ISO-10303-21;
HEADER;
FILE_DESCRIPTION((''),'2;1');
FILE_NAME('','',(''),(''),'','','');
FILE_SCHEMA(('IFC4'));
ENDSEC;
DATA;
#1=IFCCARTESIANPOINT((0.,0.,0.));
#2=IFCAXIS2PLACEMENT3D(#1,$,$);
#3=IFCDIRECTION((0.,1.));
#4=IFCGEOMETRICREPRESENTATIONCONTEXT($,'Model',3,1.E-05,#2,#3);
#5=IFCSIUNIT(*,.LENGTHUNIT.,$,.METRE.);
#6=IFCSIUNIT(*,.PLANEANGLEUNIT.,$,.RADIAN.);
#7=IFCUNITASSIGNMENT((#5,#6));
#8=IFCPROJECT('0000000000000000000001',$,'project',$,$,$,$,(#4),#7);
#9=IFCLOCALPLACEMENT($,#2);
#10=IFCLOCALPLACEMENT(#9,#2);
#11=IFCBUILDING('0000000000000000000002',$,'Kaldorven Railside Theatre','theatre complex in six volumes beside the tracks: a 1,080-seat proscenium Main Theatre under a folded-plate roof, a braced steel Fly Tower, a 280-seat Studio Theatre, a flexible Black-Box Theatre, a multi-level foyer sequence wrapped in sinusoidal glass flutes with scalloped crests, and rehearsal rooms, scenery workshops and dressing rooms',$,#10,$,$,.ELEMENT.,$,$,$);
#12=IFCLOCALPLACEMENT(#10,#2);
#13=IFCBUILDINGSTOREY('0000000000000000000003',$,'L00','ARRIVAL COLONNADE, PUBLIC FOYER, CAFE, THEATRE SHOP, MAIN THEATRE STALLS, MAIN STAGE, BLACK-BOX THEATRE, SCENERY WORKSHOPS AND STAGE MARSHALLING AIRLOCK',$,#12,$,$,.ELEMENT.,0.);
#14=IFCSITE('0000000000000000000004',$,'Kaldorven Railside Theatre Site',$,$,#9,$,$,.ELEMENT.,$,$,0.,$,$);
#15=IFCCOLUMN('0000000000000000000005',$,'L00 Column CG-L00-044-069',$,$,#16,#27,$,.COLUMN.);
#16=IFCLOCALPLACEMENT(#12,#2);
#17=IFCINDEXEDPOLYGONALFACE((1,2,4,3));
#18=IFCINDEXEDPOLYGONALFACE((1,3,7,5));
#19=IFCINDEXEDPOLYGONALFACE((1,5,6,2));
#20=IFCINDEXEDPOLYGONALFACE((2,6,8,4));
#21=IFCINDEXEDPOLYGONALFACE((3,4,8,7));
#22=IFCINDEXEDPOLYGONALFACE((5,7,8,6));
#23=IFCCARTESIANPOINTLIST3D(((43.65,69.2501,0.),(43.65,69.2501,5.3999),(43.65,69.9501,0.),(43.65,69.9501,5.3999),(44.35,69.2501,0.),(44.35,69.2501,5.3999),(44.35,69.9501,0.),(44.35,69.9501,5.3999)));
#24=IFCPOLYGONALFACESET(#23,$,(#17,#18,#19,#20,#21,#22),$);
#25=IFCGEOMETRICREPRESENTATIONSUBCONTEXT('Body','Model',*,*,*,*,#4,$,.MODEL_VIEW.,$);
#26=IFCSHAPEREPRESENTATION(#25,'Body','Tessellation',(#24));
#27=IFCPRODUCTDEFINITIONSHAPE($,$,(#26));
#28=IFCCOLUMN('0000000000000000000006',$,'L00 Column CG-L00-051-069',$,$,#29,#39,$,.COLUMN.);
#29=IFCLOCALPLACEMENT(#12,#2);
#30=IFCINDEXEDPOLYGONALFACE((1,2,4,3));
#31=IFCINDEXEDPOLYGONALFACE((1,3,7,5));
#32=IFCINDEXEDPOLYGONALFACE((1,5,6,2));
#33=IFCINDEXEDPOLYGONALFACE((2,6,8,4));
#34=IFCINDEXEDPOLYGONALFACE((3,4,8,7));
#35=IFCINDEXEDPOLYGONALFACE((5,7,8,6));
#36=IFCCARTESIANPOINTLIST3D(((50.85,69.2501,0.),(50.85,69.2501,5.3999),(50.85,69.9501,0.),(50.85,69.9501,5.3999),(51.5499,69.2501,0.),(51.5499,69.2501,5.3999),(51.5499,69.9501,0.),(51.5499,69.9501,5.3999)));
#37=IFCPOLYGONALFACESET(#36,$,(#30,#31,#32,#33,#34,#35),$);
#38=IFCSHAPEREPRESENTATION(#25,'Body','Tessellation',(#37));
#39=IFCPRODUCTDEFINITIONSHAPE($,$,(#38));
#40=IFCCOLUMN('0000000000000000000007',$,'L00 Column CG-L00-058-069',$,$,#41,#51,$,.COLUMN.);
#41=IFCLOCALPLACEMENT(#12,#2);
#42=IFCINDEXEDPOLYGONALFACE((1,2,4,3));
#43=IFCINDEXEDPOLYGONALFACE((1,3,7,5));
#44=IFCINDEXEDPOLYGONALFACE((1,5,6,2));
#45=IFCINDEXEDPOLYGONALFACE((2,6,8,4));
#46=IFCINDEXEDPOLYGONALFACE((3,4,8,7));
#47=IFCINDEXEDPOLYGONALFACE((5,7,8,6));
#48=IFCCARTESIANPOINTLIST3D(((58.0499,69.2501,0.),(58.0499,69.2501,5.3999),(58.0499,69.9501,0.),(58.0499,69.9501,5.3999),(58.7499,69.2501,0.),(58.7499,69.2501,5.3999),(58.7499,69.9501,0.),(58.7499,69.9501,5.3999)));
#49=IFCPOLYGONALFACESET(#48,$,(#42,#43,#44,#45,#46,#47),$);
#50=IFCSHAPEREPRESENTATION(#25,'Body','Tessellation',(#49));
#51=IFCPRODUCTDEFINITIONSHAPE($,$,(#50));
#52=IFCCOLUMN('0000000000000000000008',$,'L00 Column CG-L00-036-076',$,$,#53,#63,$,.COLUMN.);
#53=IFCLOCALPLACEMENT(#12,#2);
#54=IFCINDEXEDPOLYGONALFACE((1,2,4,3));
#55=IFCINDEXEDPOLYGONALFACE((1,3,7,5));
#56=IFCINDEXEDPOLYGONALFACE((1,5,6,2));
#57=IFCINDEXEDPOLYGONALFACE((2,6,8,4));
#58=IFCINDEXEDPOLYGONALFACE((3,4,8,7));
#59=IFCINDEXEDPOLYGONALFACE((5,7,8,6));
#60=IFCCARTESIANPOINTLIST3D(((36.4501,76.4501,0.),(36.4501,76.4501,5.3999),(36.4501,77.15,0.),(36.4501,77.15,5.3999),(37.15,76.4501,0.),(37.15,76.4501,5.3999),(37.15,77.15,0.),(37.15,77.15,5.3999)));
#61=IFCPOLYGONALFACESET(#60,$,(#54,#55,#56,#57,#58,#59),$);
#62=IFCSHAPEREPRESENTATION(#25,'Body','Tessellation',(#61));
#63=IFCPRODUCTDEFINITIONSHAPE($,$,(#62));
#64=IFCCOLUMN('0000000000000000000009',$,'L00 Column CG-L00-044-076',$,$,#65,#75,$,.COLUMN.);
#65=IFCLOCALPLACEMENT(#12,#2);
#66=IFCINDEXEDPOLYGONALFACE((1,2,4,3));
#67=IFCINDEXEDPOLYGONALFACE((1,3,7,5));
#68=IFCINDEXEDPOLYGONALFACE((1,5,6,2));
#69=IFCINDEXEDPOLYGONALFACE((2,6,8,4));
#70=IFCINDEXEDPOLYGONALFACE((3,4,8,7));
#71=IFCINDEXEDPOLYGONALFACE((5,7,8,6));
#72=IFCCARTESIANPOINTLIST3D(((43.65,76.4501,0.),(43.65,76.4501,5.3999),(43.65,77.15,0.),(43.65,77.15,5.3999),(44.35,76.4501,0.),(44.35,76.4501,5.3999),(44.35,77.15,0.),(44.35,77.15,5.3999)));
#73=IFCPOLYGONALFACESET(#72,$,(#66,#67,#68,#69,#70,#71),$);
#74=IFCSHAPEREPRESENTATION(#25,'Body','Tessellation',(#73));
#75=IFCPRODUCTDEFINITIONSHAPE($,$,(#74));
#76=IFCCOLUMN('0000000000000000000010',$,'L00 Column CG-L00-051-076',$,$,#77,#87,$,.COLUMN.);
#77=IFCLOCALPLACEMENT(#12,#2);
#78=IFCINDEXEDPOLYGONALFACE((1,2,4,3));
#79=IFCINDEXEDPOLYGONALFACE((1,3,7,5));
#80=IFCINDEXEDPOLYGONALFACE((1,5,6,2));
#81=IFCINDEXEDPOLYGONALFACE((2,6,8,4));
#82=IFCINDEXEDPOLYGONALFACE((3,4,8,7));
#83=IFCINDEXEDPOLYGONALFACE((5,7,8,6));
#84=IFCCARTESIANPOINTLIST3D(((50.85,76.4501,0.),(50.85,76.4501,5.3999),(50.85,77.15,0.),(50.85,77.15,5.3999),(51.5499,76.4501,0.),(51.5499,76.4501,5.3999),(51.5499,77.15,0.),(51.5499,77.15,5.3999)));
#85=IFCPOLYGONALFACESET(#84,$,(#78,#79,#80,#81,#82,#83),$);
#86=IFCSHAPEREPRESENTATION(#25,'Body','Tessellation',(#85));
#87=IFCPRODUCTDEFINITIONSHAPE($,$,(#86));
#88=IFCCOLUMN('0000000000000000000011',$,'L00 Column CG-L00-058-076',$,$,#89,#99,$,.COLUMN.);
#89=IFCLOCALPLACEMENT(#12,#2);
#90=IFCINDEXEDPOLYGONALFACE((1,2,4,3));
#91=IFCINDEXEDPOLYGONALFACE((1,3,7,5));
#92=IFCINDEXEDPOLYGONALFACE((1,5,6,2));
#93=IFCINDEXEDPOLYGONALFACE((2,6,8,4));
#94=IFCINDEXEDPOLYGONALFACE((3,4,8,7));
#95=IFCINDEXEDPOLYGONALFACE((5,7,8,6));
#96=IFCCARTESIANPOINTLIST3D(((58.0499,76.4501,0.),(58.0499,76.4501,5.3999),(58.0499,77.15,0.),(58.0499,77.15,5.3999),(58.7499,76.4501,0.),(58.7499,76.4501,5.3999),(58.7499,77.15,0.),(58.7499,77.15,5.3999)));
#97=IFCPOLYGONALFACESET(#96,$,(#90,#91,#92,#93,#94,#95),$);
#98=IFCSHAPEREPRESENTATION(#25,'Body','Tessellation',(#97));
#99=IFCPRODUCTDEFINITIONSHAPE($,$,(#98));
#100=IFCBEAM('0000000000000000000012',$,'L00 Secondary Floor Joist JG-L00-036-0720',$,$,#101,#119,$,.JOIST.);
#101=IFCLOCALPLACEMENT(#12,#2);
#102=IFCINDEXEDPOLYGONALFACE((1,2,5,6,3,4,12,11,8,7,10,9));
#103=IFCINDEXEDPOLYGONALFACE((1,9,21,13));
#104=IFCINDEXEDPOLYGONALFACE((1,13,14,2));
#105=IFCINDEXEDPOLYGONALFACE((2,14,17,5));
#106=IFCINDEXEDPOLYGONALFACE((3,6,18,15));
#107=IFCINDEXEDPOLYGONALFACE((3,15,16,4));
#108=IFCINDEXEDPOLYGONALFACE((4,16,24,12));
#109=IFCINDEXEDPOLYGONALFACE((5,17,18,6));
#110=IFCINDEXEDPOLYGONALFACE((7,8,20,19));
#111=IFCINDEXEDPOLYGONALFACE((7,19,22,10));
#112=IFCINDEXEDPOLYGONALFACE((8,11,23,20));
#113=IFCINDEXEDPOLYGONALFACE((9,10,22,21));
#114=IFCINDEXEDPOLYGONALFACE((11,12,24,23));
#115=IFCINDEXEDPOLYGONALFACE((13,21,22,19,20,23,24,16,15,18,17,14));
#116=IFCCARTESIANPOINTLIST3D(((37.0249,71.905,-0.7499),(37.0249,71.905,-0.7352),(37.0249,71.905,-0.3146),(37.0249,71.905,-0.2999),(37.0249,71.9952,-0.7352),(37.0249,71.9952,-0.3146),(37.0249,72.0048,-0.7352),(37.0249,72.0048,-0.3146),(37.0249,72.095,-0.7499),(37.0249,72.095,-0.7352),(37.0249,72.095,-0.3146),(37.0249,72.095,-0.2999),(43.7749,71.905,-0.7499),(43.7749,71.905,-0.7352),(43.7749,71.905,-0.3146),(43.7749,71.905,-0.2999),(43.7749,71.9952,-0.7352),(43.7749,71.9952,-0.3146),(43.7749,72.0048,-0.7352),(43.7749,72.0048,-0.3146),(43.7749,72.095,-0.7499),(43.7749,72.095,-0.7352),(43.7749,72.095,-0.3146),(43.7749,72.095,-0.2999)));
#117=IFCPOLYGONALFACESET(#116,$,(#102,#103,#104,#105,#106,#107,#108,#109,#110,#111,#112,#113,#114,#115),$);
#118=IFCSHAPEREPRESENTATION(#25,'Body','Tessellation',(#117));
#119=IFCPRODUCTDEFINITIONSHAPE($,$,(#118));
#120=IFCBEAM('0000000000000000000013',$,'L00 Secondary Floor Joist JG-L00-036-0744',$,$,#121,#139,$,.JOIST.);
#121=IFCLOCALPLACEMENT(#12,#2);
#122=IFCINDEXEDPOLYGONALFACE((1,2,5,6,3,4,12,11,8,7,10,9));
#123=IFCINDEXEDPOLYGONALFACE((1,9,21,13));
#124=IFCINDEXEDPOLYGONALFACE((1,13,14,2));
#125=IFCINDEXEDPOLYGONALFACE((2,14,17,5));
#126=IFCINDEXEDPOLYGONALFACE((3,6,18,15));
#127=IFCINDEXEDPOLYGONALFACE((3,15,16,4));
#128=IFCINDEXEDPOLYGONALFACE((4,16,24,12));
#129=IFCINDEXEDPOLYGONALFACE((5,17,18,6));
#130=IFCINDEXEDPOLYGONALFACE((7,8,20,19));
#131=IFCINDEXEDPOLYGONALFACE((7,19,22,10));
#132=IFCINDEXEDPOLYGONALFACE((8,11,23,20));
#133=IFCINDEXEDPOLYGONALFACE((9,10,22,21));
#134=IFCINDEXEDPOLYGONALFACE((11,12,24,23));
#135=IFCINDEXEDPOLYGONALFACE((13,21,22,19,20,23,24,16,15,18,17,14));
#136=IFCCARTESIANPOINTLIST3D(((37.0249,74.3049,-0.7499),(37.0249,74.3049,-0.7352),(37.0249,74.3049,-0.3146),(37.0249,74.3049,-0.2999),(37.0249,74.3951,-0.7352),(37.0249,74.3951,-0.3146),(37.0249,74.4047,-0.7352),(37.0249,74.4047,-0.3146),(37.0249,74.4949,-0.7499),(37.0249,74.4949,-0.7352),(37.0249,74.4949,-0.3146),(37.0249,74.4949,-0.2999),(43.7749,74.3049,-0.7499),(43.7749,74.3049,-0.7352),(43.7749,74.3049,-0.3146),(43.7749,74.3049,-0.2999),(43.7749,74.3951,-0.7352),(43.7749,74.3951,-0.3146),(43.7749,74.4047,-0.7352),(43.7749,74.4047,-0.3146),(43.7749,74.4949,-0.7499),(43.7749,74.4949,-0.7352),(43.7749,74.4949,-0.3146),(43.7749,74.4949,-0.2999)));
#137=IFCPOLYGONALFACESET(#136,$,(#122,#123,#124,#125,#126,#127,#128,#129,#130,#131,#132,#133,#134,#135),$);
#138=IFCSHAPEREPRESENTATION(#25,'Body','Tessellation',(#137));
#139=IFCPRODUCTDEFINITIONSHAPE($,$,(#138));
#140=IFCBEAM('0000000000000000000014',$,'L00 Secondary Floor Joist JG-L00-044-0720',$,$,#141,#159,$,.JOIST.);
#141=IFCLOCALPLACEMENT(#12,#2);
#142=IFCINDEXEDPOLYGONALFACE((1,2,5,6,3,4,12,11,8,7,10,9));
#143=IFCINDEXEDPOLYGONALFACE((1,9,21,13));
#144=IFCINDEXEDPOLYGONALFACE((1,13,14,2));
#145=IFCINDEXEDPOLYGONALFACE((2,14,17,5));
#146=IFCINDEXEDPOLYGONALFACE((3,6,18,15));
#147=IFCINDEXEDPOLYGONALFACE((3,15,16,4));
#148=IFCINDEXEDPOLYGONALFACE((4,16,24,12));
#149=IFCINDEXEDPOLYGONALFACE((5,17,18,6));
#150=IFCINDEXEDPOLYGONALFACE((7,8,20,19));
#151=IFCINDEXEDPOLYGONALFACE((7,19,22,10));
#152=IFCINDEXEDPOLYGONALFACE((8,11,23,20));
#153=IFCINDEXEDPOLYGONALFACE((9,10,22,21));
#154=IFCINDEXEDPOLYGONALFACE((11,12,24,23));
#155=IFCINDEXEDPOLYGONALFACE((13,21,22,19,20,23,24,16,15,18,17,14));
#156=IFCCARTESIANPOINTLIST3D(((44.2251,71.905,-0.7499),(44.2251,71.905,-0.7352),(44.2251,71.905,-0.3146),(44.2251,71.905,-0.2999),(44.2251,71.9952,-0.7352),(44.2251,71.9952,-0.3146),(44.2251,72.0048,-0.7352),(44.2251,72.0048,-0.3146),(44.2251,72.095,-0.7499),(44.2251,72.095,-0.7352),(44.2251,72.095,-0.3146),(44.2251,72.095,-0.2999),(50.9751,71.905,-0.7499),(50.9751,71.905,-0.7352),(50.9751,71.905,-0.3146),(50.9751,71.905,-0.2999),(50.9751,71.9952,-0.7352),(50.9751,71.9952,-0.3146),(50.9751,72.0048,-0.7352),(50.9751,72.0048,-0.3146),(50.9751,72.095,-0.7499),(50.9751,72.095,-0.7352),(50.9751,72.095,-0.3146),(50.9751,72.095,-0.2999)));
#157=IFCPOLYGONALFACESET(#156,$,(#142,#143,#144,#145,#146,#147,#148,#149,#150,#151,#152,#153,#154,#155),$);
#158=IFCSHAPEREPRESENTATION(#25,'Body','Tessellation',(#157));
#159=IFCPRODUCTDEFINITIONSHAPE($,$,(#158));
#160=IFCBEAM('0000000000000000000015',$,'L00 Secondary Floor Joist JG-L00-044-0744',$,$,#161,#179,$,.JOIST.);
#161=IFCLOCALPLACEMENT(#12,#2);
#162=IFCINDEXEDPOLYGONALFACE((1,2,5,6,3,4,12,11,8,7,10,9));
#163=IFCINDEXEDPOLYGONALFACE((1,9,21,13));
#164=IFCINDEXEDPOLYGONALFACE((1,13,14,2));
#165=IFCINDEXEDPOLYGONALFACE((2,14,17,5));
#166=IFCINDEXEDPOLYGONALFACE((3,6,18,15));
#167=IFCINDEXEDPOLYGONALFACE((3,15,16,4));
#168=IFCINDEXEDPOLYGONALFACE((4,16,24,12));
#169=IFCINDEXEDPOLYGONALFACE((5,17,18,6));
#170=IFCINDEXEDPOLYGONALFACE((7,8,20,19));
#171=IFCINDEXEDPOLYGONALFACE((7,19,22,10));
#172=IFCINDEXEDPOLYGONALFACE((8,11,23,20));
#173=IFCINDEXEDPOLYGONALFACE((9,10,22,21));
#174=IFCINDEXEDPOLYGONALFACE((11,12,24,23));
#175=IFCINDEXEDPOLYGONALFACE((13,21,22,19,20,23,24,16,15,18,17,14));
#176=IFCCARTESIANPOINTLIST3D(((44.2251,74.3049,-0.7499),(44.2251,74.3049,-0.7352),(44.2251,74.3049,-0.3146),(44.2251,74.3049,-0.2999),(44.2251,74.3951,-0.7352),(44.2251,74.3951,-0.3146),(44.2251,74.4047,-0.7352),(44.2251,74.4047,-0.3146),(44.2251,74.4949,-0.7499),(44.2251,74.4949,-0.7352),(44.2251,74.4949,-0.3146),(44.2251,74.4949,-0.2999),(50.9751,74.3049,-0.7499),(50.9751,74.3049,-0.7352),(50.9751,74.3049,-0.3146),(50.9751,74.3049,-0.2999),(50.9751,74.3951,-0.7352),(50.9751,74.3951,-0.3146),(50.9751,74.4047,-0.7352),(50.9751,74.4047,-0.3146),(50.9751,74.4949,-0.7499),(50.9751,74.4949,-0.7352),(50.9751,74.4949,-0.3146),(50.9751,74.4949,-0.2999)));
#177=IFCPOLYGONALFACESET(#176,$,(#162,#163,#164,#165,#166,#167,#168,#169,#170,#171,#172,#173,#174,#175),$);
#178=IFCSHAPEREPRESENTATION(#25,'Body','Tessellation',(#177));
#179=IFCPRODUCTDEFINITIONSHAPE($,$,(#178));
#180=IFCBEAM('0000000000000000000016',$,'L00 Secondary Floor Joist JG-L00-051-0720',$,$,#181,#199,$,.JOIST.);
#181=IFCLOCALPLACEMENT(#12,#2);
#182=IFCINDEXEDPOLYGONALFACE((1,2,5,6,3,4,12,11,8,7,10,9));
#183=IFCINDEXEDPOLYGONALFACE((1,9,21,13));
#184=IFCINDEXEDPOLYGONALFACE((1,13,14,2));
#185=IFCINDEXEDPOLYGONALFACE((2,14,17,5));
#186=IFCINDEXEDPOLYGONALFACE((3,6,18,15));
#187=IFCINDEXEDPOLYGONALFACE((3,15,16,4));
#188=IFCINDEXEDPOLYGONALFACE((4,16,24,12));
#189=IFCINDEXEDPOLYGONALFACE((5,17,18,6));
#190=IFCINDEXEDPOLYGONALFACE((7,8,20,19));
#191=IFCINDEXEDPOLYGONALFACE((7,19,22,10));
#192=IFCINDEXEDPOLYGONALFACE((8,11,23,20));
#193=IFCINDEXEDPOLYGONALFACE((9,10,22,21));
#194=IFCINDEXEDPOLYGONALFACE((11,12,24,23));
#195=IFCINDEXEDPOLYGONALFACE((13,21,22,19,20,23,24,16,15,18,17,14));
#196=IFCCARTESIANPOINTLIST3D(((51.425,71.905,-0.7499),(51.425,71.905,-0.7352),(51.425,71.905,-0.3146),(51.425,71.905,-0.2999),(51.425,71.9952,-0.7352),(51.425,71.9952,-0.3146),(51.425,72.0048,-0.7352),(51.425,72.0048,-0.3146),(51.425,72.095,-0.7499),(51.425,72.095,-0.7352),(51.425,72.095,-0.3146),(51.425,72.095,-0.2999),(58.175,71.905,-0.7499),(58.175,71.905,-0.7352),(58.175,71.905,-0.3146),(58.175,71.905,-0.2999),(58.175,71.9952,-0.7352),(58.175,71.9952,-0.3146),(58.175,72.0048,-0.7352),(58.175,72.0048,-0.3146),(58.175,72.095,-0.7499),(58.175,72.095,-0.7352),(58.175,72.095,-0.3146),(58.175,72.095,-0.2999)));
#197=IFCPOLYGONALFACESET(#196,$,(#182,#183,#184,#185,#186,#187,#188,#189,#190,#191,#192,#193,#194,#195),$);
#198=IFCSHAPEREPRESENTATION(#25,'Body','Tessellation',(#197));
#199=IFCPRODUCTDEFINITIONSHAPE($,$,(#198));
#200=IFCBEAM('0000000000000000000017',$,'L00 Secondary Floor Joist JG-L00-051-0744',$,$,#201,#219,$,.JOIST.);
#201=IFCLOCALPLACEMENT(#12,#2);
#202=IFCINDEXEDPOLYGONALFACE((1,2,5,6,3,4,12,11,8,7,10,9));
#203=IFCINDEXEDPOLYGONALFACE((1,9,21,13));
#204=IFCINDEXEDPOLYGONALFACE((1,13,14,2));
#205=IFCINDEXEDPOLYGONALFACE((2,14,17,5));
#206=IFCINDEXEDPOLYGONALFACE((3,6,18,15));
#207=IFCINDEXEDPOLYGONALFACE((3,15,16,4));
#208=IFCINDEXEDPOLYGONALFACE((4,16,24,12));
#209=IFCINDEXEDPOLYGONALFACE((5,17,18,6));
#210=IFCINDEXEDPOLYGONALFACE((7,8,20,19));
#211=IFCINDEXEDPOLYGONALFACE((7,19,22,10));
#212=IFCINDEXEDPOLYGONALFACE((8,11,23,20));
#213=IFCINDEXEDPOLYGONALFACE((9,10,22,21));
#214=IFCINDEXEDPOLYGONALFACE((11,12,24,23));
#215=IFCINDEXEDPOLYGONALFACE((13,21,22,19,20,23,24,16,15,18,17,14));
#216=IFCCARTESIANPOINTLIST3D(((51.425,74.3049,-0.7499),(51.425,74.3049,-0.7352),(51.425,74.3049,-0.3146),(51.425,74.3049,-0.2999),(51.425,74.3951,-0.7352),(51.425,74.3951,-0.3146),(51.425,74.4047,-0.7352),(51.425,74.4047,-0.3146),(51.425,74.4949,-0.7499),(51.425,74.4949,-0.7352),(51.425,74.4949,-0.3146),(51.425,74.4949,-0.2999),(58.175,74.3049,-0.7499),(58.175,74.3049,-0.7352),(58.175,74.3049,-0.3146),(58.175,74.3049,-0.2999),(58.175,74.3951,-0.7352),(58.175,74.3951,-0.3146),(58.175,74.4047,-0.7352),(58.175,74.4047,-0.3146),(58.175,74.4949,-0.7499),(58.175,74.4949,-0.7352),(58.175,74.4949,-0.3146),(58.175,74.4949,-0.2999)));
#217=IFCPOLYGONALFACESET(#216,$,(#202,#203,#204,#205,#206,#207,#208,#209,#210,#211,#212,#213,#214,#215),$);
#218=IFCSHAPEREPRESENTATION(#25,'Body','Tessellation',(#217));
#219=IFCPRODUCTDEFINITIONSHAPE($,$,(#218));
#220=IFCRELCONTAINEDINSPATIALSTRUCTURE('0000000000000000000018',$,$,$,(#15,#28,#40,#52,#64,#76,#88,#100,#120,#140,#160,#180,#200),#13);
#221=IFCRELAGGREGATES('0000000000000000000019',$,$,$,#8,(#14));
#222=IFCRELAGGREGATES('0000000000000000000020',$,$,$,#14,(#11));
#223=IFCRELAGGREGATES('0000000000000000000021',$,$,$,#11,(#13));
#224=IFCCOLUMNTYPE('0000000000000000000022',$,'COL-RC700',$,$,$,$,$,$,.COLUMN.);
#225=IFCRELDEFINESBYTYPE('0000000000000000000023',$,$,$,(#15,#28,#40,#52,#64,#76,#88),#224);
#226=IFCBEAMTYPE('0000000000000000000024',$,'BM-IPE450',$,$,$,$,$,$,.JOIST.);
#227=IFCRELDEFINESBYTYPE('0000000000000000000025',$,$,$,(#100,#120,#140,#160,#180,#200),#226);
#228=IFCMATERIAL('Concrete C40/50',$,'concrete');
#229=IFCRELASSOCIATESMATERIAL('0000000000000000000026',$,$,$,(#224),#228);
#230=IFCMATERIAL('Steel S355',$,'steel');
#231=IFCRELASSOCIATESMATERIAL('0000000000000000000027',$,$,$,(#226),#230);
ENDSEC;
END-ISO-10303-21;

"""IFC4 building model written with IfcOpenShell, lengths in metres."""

from ifc_helpers import new_model, si_unit, direction, frame, origin, origin_2d, place, context, subcontext, project, spatial, rectangle, i_section, extrude, material, material_profile, profile_set, type_object, element, save


model = new_model("IFC4")

# Units and contexts
model_context = context("Model", 3, precision=1e-05, world=origin(), true_north=direction((0.0, 1.0)))
body_context = subcontext(model_context, "Body", "Model", "MODEL_VIEW")
ifc_project = project(units=[si_unit("LENGTHUNIT", "METRE"), si_unit("PLANEANGLEUNIT", "RADIAN")], contexts=[model_context])

# Site, building, storey
site_placement = place(None, origin())
site = spatial("IfcSite", under=ifc_project, at=site_placement, Name="Kaldorven Railside Theatre Site", CompositionType="ELEMENT", RefElevation=0.0)
building_placement = place(site_placement, origin())
building = spatial("IfcBuilding", under=site, at=building_placement, Name="Kaldorven Railside Theatre", Description="theatre complex in six volumes beside the tracks: a 1,080-seat proscenium Main Theatre under a folded-plate roof, a braced steel Fly Tower, a 280-seat Studio Theatre, a flexible Black-Box Theatre, a multi-level foyer sequence wrapped in sinusoidal glass flutes with scalloped crests, and rehearsal rooms, scenery workshops and dressing rooms", CompositionType="ELEMENT")
storey_placement = place(building_placement, origin())
storey = spatial("IfcBuildingStorey", under=building, at=storey_placement, Name="L00", Description="ARRIVAL COLONNADE, PUBLIC FOYER, CAFE, THEATRE SHOP, MAIN THEATRE STALLS, MAIN STAGE, BLACK-BOX THEATRE, SCENERY WORKSHOPS AND STAGE MARSHALLING AIRLOCK", CompositionType="ELEMENT", Elevation=0.0)

# Columns
ifc_material_1 = material(Name="Concrete C40/50", Category="concrete")
ifc_material_profile_1 = material_profile(ifc_material_1, rectangle(XDim=0.7, YDim=0.7, at=origin_2d()), Name="RC 700x700")
ifc_profile_set_1 = profile_set([ifc_material_profile_1], Name="Concrete C40/50")
column_type = type_object("IfcColumnType", Name="COL-RC700", PredefinedType="COLUMN", material=ifc_profile_set_1)
for number, where, z_axis, x_axis, name in (
    (1, (44.0, 69.6001, 0.0), (0.0, 0.0, 1.0), (0.0, 1.0, 0.0), "L00 Column CG-L00-044-069"),
    (2, (51.2, 69.6001, 0.0), (0.0, 0.0, 1.0), (1.0, 0.0, 0.0), "L00 Column CG-L00-051-069"),
    (3, (58.3999, 69.6001, 0.0), (0.0, 0.0, 1.0), (1.0, 0.0, 0.0), "L00 Column CG-L00-058-069"),
    (4, (36.8, 76.8, 0.0), (0.0, 0.0, 1.0), (0.0, 1.0, 0.0), "L00 Column CG-L00-036-076"),
    (5, (44.0, 76.8, 0.0), (0.0, 0.0, 1.0), (1.0, 0.0, 0.0), "L00 Column CG-L00-044-076"),
    (6, (51.2, 76.8, 0.0), (0.0, 0.0, 1.0), (1.0, 0.0, 0.0), "L00 Column CG-L00-051-076"),
    (7, (58.3999, 76.8, 0.0), (0.0, 0.0, 1.0), (0.0, 1.0, 0.0), "L00 Column CG-L00-058-076"),
):
    element("IfcColumn", number, at=place(storey_placement, frame(where, z_axis=z_axis, x_axis=x_axis)), inside=storey, type_object=column_type, Name=name, PredefinedType="COLUMN", context=body_context, shape_type="SweptSolid", body=[
        extrude(rectangle(XDim=0.7, YDim=0.7, at=origin_2d()), origin(), (0.0, 0.0, 1.0), 5.3999),
    ])

# Beams
ifc_material_2 = material(Name="Steel S355", Category="steel")
ifc_material_profile_2 = material_profile(ifc_material_2, i_section(OverallWidth=0.1899, OverallDepth=0.45, WebThickness=0.0095, FlangeThickness=0.0146, at=origin_2d()), Name="IPE 450")
ifc_profile_set_2 = profile_set([ifc_material_profile_2], Name="Steel S355")
beam_type_1 = type_object("IfcBeamType", Name="BM-IPE450", PredefinedType="JOIST", material=ifc_profile_set_2)
for number, where, z_axis, x_axis, name in (
    (8, (37.0249, 72.0, -0.5249), (1.0, 0.0, 0.0), (0.0, 1.0, 0.0), "L00 Secondary Floor Joist JG-L00-036-0720"),
    (9, (37.0249, 74.3999, -0.5249), (1.0, 0.0, 0.0), (0.0, 1.0, 0.0), "L00 Secondary Floor Joist JG-L00-036-0744"),
    (10, (44.2251, 72.0, -0.5249), (1.0, 0.0, 0.0), (0.0, 1.0, 0.0), "L00 Secondary Floor Joist JG-L00-044-0720"),
    (11, (44.2251, 74.3999, -0.5249), (1.0, 0.0, 0.0), (0.0, 1.0, 0.0), "L00 Secondary Floor Joist JG-L00-044-0744"),
    (12, (51.425, 72.0, -0.5249), (1.0, 0.0, 0.0), (0.0, 1.0, 0.0), "L00 Secondary Floor Joist JG-L00-051-0720"),
    (13, (51.425, 74.3999, -0.5249), (1.0, 0.0, 0.0), (0.0, 1.0, 0.0), "L00 Secondary Floor Joist JG-L00-051-0744"),
):
    element("IfcBeam", number, at=place(storey_placement, frame(where, z_axis=z_axis, x_axis=x_axis)), inside=storey, type_object=beam_type_1, Name=name, PredefinedType="JOIST", context=body_context, shape_type="SweptSolid", body=[
        extrude(i_section(OverallWidth=0.1899, OverallDepth=0.45, WebThickness=0.0095, FlangeThickness=0.0146, at=origin_2d()), origin(), (0.0, 0.0, 1.0), 6.75),
    ])

save(model, "model.ifc")
